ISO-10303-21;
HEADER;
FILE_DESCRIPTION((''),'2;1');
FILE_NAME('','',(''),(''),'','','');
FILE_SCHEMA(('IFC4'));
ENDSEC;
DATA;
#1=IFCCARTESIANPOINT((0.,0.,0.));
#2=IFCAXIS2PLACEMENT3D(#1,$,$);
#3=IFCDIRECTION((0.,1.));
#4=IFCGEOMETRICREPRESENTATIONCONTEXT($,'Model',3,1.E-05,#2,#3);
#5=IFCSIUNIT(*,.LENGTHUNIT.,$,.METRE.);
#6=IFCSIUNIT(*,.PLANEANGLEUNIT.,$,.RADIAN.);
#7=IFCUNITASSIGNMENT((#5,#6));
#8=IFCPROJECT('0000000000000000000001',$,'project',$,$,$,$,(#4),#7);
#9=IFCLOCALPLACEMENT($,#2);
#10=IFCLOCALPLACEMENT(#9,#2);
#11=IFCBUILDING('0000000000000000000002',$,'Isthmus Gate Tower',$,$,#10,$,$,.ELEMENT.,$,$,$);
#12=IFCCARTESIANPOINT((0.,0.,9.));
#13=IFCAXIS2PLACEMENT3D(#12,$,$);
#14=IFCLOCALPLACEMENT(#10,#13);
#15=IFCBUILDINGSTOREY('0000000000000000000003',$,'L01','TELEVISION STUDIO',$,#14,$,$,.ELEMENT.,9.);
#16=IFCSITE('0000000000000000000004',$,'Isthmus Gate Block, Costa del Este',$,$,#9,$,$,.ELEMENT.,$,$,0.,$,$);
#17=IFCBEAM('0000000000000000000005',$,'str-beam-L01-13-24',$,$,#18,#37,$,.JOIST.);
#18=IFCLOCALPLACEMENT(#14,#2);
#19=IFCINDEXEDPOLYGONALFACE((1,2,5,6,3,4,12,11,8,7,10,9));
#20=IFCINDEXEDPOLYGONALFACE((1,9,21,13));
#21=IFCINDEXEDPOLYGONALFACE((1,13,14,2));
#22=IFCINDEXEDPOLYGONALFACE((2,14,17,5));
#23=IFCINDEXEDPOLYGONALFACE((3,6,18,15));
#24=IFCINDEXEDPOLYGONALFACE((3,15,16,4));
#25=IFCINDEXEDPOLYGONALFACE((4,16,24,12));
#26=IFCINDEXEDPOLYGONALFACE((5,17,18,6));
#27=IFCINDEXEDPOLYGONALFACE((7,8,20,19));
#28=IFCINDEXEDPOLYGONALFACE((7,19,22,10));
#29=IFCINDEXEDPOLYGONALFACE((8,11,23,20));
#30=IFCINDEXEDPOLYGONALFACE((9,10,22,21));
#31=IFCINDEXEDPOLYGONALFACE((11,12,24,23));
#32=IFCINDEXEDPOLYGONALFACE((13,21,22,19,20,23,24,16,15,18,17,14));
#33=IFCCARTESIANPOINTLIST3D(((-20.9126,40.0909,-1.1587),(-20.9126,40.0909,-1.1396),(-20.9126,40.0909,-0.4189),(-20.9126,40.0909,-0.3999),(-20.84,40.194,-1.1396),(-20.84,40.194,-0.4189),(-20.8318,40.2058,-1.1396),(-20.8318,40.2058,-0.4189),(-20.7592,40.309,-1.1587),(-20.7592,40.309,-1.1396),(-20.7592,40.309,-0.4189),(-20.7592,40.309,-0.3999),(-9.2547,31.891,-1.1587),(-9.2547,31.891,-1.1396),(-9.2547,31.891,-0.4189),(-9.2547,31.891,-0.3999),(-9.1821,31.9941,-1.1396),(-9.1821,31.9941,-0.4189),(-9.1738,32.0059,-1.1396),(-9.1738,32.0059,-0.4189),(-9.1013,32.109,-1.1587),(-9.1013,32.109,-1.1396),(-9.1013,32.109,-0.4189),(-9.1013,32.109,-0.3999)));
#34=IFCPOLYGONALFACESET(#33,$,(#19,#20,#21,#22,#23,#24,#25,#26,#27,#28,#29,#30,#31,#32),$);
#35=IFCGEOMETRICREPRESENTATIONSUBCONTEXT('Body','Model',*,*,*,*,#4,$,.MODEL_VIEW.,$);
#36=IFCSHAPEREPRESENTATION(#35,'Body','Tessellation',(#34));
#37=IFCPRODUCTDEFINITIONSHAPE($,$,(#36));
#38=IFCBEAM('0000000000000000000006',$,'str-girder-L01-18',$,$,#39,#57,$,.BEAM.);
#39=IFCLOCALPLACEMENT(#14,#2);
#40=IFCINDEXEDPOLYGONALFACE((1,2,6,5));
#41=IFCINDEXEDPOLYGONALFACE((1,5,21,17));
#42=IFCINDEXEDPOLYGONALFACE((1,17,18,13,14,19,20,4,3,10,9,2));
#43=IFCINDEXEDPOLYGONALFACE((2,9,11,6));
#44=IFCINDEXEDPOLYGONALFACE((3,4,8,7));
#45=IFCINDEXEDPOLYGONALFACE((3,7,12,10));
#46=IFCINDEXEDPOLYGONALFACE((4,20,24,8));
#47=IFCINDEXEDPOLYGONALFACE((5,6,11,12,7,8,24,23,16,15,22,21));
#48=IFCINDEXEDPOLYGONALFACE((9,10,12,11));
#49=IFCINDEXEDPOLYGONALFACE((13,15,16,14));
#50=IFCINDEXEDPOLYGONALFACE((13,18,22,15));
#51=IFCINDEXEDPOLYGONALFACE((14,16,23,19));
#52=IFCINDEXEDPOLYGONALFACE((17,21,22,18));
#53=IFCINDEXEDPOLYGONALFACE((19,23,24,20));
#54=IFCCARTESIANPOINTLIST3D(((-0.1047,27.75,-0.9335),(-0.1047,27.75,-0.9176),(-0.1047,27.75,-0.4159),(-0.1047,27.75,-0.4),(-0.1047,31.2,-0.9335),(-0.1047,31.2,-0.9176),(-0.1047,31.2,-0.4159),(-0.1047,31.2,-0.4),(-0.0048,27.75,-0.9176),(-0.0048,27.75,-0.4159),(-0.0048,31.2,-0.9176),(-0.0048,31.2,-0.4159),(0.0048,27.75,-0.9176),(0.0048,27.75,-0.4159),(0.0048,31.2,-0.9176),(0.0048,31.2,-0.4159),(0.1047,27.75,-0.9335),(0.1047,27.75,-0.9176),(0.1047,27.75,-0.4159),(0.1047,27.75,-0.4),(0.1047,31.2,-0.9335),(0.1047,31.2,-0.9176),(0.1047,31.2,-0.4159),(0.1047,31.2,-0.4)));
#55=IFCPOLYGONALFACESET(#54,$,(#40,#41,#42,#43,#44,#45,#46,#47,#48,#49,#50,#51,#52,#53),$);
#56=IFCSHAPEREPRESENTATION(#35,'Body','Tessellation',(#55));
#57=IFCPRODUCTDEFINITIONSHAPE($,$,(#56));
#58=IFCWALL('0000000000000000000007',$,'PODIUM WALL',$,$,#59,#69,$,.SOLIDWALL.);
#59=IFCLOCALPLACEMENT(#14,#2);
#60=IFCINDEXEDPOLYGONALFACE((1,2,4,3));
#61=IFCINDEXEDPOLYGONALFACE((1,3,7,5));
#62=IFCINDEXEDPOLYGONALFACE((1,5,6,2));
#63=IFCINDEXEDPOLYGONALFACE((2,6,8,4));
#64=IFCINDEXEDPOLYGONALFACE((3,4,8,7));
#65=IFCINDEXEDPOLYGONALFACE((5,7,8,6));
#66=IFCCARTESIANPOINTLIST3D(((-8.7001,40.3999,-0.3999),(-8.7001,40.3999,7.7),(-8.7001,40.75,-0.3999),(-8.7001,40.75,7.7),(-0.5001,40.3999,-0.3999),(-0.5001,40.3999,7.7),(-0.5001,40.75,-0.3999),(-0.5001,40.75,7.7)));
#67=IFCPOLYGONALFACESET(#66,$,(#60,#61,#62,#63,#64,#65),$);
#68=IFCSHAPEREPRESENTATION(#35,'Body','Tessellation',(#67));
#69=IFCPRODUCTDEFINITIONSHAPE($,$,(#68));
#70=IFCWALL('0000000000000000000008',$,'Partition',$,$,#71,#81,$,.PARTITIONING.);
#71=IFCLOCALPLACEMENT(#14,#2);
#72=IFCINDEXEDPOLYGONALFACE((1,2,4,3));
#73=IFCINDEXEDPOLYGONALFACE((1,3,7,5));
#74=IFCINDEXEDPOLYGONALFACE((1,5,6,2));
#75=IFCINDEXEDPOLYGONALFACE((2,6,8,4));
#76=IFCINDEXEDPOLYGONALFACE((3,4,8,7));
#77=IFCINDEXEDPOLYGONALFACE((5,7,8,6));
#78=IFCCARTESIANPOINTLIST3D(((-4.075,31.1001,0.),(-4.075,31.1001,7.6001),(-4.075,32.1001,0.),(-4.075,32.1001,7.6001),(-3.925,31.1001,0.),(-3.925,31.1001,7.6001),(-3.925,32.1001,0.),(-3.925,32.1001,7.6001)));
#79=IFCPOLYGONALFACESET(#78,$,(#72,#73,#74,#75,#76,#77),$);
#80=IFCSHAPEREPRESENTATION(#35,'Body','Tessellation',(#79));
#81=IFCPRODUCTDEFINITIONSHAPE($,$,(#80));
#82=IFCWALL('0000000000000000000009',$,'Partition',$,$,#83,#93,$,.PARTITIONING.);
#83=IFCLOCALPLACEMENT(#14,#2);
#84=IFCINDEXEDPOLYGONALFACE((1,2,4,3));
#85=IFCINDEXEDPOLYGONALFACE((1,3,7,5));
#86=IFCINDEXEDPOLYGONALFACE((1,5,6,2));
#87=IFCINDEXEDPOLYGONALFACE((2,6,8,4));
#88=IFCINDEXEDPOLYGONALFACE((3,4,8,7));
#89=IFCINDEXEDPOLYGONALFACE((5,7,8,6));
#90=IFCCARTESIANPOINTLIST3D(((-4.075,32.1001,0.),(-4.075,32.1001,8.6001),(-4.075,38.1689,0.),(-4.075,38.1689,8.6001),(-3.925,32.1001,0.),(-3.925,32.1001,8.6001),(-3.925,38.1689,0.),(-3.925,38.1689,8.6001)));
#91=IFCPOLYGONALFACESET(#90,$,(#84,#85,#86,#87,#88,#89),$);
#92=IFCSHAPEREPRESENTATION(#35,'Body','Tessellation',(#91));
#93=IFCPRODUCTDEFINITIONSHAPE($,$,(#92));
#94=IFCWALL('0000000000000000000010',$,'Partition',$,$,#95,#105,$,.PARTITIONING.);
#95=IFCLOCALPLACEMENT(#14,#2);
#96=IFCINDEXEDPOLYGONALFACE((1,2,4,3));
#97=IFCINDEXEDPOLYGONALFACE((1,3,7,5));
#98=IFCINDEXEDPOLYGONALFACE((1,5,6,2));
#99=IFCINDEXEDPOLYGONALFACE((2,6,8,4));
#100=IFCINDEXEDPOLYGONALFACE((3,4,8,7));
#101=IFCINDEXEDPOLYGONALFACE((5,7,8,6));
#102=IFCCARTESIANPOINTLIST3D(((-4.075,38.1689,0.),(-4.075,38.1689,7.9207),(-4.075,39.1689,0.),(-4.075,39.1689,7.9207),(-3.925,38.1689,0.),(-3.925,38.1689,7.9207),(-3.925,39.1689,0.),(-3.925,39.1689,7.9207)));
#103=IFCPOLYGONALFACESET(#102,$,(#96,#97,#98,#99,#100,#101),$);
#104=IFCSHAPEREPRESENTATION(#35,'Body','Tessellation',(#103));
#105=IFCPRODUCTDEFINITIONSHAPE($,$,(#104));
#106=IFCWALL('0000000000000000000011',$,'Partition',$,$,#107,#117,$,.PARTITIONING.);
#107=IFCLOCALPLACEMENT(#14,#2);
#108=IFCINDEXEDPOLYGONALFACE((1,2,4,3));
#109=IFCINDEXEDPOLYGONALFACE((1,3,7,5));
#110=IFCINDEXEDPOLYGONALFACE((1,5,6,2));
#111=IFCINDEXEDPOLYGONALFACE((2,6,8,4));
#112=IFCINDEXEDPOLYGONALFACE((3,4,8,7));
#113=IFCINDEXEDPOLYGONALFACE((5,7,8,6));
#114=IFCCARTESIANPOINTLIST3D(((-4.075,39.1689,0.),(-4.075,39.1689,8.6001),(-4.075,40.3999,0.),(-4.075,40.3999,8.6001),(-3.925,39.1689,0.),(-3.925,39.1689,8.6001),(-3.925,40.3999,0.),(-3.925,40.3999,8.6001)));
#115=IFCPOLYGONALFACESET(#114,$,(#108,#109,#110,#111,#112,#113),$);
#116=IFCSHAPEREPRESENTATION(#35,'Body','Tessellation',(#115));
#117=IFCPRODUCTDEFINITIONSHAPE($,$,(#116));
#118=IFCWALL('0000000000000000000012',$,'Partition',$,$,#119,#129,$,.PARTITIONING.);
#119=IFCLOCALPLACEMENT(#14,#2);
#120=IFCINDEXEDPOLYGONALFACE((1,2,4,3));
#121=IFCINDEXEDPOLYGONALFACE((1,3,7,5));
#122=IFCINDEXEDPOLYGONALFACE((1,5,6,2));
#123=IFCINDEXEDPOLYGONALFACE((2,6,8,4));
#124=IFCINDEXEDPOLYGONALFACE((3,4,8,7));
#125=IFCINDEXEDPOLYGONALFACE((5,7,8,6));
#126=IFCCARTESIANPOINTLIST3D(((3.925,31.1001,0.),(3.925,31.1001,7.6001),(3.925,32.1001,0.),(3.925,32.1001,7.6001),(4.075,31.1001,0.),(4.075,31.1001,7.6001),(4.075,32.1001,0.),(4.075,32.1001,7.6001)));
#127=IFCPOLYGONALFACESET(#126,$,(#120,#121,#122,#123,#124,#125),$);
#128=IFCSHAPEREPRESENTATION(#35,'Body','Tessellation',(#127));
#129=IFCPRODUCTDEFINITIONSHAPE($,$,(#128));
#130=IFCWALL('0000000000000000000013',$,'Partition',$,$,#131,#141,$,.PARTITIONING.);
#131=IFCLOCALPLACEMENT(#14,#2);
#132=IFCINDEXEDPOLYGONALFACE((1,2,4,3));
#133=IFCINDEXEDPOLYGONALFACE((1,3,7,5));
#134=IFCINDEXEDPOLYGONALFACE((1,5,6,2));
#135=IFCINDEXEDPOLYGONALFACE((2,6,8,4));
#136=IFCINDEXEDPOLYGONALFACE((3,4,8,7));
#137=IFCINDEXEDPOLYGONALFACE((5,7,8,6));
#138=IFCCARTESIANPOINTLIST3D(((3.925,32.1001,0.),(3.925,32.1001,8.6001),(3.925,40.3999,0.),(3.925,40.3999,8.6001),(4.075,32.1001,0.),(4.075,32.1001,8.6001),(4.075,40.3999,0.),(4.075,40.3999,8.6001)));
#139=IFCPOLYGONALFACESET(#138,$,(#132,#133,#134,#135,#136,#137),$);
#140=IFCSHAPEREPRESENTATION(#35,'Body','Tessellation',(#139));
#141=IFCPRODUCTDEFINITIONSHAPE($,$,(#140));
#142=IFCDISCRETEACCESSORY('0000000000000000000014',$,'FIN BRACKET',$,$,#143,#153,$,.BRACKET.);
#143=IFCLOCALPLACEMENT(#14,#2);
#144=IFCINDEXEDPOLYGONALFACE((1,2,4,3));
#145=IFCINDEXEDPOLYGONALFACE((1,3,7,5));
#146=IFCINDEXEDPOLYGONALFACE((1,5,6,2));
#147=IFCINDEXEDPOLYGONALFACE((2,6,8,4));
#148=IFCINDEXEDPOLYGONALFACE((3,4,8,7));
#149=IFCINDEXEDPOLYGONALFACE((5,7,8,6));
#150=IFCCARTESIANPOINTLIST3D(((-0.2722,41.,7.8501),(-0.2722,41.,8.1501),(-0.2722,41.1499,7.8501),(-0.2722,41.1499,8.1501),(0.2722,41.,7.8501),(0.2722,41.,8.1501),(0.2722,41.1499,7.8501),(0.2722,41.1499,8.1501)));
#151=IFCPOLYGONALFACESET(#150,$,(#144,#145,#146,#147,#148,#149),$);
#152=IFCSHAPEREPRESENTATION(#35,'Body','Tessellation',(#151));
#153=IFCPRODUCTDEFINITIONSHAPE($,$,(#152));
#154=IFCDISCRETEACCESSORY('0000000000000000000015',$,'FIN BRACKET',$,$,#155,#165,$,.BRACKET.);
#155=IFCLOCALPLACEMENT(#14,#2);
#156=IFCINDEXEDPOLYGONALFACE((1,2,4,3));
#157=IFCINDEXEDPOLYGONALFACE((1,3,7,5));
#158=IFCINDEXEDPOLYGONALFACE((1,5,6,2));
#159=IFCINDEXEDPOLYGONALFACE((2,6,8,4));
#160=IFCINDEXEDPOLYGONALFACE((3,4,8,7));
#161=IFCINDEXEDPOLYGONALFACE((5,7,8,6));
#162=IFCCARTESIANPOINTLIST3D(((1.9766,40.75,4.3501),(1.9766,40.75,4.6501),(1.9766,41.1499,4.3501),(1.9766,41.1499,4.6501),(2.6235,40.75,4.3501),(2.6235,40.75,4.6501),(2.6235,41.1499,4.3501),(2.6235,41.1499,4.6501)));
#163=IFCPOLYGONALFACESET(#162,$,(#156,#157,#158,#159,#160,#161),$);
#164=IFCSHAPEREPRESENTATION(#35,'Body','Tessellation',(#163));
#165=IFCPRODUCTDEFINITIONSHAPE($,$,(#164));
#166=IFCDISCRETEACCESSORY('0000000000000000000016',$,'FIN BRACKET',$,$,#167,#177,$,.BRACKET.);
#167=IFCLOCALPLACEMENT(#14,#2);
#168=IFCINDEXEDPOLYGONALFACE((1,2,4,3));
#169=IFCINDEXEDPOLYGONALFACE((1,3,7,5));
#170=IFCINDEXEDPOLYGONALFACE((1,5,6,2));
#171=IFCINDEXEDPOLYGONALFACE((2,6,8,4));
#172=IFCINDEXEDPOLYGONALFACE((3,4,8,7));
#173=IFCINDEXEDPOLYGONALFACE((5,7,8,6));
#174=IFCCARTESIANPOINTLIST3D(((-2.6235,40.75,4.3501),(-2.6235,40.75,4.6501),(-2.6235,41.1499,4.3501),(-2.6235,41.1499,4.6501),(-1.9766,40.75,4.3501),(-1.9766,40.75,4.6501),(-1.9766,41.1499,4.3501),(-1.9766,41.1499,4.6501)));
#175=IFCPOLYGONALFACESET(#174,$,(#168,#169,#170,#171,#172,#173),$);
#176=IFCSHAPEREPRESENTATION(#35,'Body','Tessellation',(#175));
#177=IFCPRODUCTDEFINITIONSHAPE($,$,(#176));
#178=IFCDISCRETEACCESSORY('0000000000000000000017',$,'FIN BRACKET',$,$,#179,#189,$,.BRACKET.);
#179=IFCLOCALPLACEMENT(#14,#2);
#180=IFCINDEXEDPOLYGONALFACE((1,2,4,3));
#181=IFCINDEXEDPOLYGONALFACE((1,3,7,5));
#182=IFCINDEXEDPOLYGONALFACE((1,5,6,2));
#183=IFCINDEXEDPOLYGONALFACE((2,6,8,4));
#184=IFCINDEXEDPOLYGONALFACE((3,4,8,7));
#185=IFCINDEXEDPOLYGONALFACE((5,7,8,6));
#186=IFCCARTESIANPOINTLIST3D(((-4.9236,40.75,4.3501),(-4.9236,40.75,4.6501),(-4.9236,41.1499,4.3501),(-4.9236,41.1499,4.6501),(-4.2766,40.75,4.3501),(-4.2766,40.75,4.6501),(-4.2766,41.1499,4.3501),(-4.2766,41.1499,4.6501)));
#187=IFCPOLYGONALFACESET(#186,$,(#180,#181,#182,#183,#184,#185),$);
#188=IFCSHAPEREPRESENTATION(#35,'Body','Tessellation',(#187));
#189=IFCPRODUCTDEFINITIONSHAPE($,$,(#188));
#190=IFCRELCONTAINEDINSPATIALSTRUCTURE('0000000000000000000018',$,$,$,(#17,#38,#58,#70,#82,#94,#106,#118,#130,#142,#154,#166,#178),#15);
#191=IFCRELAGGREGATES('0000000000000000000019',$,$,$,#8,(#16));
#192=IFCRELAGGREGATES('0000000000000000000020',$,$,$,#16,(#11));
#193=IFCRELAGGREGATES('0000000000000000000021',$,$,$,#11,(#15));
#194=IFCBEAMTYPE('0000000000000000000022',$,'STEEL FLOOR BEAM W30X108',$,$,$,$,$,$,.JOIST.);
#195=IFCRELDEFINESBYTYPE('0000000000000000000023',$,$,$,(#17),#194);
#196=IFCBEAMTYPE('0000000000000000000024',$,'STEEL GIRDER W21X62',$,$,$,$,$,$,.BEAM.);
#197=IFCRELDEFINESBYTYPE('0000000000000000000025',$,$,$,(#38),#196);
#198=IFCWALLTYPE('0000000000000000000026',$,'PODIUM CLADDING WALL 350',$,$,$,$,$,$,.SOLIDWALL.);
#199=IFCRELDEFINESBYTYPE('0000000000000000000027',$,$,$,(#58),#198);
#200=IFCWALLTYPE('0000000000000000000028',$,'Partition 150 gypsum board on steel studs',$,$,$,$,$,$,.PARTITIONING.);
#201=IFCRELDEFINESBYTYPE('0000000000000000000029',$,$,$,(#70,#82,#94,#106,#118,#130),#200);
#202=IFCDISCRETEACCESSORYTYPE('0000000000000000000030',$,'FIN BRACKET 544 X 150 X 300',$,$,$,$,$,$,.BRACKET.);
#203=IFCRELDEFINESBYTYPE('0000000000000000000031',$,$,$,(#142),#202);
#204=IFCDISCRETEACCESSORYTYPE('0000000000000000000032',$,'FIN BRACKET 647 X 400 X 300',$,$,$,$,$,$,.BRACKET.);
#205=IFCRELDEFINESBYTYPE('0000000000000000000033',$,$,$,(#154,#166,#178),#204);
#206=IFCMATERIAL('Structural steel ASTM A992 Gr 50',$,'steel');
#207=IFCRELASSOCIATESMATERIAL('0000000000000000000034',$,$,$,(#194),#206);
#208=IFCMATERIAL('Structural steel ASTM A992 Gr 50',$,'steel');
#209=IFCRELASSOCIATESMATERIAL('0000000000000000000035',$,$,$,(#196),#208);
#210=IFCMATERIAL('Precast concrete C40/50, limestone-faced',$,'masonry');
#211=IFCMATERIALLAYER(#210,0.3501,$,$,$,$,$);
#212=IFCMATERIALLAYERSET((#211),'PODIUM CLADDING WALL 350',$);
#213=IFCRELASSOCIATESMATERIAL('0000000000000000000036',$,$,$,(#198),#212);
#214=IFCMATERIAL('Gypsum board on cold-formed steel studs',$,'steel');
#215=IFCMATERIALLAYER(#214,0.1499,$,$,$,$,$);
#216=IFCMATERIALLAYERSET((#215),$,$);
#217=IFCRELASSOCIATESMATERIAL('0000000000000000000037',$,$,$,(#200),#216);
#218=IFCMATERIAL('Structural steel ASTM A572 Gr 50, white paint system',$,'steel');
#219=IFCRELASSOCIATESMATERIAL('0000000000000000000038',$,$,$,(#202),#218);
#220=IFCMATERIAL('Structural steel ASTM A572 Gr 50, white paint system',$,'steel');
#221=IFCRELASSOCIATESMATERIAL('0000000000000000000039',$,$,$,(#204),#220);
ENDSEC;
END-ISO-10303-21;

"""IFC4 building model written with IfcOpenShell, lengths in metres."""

from ifc_helpers import new_model, si_unit, direction, frame, frame_2d, origin, origin_2d, place, context, subcontext, project, spatial, rectangle, i_section, extrude, material, layer, layer_set, material_profile, profile_set, type_object, element, save


model = new_model("IFC4")

# Units and contexts
model_context = context("Model", 3, precision=1e-05, world=origin(), true_north=direction((0.0, 1.0)))
body_context = subcontext(model_context, "Body", "Model", "MODEL_VIEW")
ifc_project = project(units=[si_unit("LENGTHUNIT", "METRE"), si_unit("PLANEANGLEUNIT", "RADIAN")], contexts=[model_context])

# Site, building, storey
site_placement = place(None, origin())
site = spatial("IfcSite", under=ifc_project, at=site_placement, Name="Isthmus Gate Block, Costa del Este", CompositionType="ELEMENT", RefElevation=0.0)
building_placement = place(site_placement, origin())
building = spatial("IfcBuilding", under=site, at=building_placement, Name="Isthmus Gate Tower", CompositionType="ELEMENT")
storey_placement = place(building_placement, frame((0.0, 0.0, 9.0)))
storey = spatial("IfcBuildingStorey", under=building, at=storey_placement, Name="L01", Description="TELEVISION STUDIO", CompositionType="ELEMENT", Elevation=9.0)

# Beams
ifc_material_1 = material(Name="Structural steel ASTM A992 Gr 50", Category="steel")
ifc_material_profile_1 = material_profile(ifc_material_1, i_section(OverallWidth=0.2666, OverallDepth=0.7588, WebThickness=0.0144, FlangeThickness=0.019, at=origin_2d()), Name="W30X108")
ifc_profile_set_1 = profile_set([ifc_material_profile_1], Name="Structural steel ASTM A992 Gr 50")
beam_type_1 = type_object("IfcBeamType", Name="STEEL FLOOR BEAM W30X108", PredefinedType="JOIST", material=ifc_profile_set_1)
beam_1_placement = place(storey_placement, frame((-9.178, 32.0, -0.7793), z_axis=(-0.817932, 0.575315, 0.0), x_axis=(-0.575315, -0.817932, 0.0)))
element("IfcBeam", 1, at=beam_1_placement, inside=storey, type_object=beam_type_1, Name="str-beam-L01-13-24", PredefinedType="JOIST", context=body_context, shape_type="SweptSolid", body=[
    extrude(i_section(OverallWidth=0.2666, OverallDepth=0.7588, WebThickness=0.0144, FlangeThickness=0.019, at=origin_2d()), origin(), (0.0, 0.0, 1.0), 14.2529),
])
ifc_material_2 = material(Name="Structural steel ASTM A992 Gr 50", Category="steel")
ifc_material_profile_2 = material_profile(ifc_material_2, i_section(OverallWidth=0.2095, OverallDepth=0.5334, WebThickness=0.0095, FlangeThickness=0.0159, at=origin_2d()), Name="W21X62")
ifc_profile_set_2 = profile_set([ifc_material_profile_2], Name="Structural steel ASTM A992 Gr 50")
beam_type_2 = type_object("IfcBeamType", Name="STEEL GIRDER W21X62", PredefinedType="BEAM", material=ifc_profile_set_2)
beam_2_placement = place(storey_placement, frame((0.0, 27.75, -0.6667), z_axis=(0.0, 1.0, 0.0), x_axis=(-1.0, 0.0, 0.0)))
element("IfcBeam", 2, at=beam_2_placement, inside=storey, type_object=beam_type_2, Name="str-girder-L01-18", PredefinedType="BEAM", context=body_context, shape_type="SweptSolid", body=[
    extrude(i_section(OverallWidth=0.2095, OverallDepth=0.5334, WebThickness=0.0095, FlangeThickness=0.0159, at=origin_2d()), origin(), (0.0, 0.0, 1.0), 3.45),
])

# Walls
ifc_material_3 = material(Name="Precast concrete C40/50, limestone-faced", Category="masonry")
ifc_layer_1 = layer(ifc_material_3, 0.3501)
ifc_layer_set_1 = layer_set([ifc_layer_1], Name="PODIUM CLADDING WALL 350")
wall_type_1 = type_object("IfcWallType", Name="PODIUM CLADDING WALL 350", PredefinedType="SOLIDWALL", material=ifc_layer_set_1)
wall_1_placement = place(storey_placement, frame((-0.5, 40.575, -0.3999), z_axis=(0.0, 0.0, 1.0), x_axis=(-1.0, 0.0, 0.0)))
element("IfcWall", 3, at=wall_1_placement, inside=storey, type_object=wall_type_1, Name="PODIUM WALL", PredefinedType="SOLIDWALL", context=body_context, shape_type="SweptSolid", body=[
    extrude(rectangle(XDim=8.2, YDim=0.3501, at=frame_2d((4.1001, 0.0))), origin(), (0.0, 0.0, 1.0), 8.0999),
])
ifc_material_4 = material(Name="Gypsum board on cold-formed steel studs", Category="steel")
ifc_layer_2 = layer(ifc_material_4, 0.1499)
ifc_layer_set_2 = layer_set([ifc_layer_2])
wall_type_2 = type_object("IfcWallType", Name="Partition 150 gypsum board on steel studs", PredefinedType="PARTITIONING", material=ifc_layer_set_2)
wall_2_placement = place(storey_placement, frame((-4.0, 31.1001, 0.0), z_axis=(0.0, 0.0, 1.0), x_axis=(0.0, 1.0, 0.0)))
element("IfcWall", 4, at=wall_2_placement, inside=storey, type_object=wall_type_2, Name="Partition", PredefinedType="PARTITIONING", context=body_context, shape_type="SweptSolid", body=[
    extrude(rectangle(XDim=1.0, YDim=0.1499, at=frame_2d((0.5, 0.0))), origin(), (0.0, 0.0, 1.0), 7.6001),
])
wall_3_placement = place(storey_placement, frame((-4.0, 32.1001, 0.0), z_axis=(0.0, 0.0, 1.0), x_axis=(0.0, 1.0, 0.0)))
element("IfcWall", 5, at=wall_3_placement, inside=storey, type_object=wall_type_2, Name="Partition", PredefinedType="PARTITIONING", context=body_context, shape_type="SweptSolid", body=[
    extrude(rectangle(XDim=6.0688, YDim=0.1499, at=frame_2d((3.0344, 0.0))), origin(), (0.0, 0.0, 1.0), 8.6001),
])
wall_4_placement = place(storey_placement, frame((-4.0, 38.1689, 0.0), z_axis=(0.0, 0.0, 1.0), x_axis=(0.0, 1.0, 0.0)))
element("IfcWall", 6, at=wall_4_placement, inside=storey, type_object=wall_type_2, Name="Partition", PredefinedType="PARTITIONING", context=body_context, shape_type="SweptSolid", body=[
    extrude(rectangle(XDim=1.0, YDim=0.1499, at=frame_2d((0.5, 0.0))), origin(), (0.0, 0.0, 1.0), 7.9207),
])
wall_5_placement = place(storey_placement, frame((-4.0, 39.1689, 0.0), z_axis=(0.0, 0.0, 1.0), x_axis=(0.0, 1.0, 0.0)))
element("IfcWall", 7, at=wall_5_placement, inside=storey, type_object=wall_type_2, Name="Partition", PredefinedType="PARTITIONING", context=body_context, shape_type="SweptSolid", body=[
    extrude(rectangle(XDim=1.231, YDim=0.1499, at=frame_2d((0.6155, 0.0))), origin(), (0.0, 0.0, 1.0), 8.6001),
])
wall_6_placement = place(storey_placement, frame((4.0, 31.1001, 0.0), z_axis=(0.0, 0.0, 1.0), x_axis=(0.0, 1.0, 0.0)))
element("IfcWall", 8, at=wall_6_placement, inside=storey, type_object=wall_type_2, Name="Partition", PredefinedType="PARTITIONING", context=body_context, shape_type="SweptSolid", body=[
    extrude(rectangle(XDim=1.0, YDim=0.1499, at=frame_2d((0.5, 0.0))), origin(), (0.0, 0.0, 1.0), 7.6001),
])
wall_7_placement = place(storey_placement, frame((4.0, 32.1001, 0.0), z_axis=(0.0, 0.0, 1.0), x_axis=(0.0, 1.0, 0.0)))
element("IfcWall", 9, at=wall_7_placement, inside=storey, type_object=wall_type_2, Name="Partition", PredefinedType="PARTITIONING", context=body_context, shape_type="SweptSolid", body=[
    extrude(rectangle(XDim=8.2998, YDim=0.1499, at=frame_2d((4.1499, 0.0))), origin(), (0.0, 0.0, 1.0), 8.6001),
])

# Discrete accessories
ifc_material_5 = material(Name="Structural steel ASTM A572 Gr 50, white paint system", Category="steel")
discrete_accessory_type_1 = type_object("IfcDiscreteAccessoryType", Name="FIN BRACKET 544 X 150 X 300", PredefinedType="BRACKET", material=ifc_material_5)
discrete_accessory_placement = place(storey_placement, frame((0.0, 41.075, 7.8501), z_axis=(0.0, 0.0, 1.0), x_axis=(0.0, 1.0, 0.0)))
element("IfcDiscreteAccessory", 10, at=discrete_accessory_placement, inside=storey, type_object=discrete_accessory_type_1, Name="FIN BRACKET", PredefinedType="BRACKET", context=body_context, shape_type="SweptSolid", body=[
    extrude(rectangle(XDim=0.1499, YDim=0.5444, at=origin_2d()), origin(), (0.0, 0.0, 1.0), 0.3),
])
ifc_material_6 = material(Name="Structural steel ASTM A572 Gr 50, white paint system", Category="steel")
discrete_accessory_type_2 = type_object("IfcDiscreteAccessoryType", Name="FIN BRACKET 647 X 400 X 300", PredefinedType="BRACKET", material=ifc_material_6)
for number, where, z_axis, x_axis, name in (
    (11, (2.3, 40.95, 4.3501), (0.0, 0.0, 1.0), (0.0, 1.0, 0.0), "FIN BRACKET"),
    (12, (-2.3, 40.95, 4.3501), (0.0, 0.0, 1.0), (0.0, 1.0, 0.0), "FIN BRACKET"),
    (13, (-4.6001, 40.95, 4.3501), (0.0, 0.0, 1.0), (0.0, 1.0, 0.0), "FIN BRACKET"),
):
    element("IfcDiscreteAccessory", number, at=place(storey_placement, frame(where, z_axis=z_axis, x_axis=x_axis)), inside=storey, type_object=discrete_accessory_type_2, Name=name, PredefinedType="BRACKET", context=body_context, shape_type="SweptSolid", body=[
        extrude(rectangle(XDim=0.3999, YDim=0.647, at=origin_2d()), origin(), (0.0, 0.0, 1.0), 0.3),
    ])

save(model, "model.ifc")
